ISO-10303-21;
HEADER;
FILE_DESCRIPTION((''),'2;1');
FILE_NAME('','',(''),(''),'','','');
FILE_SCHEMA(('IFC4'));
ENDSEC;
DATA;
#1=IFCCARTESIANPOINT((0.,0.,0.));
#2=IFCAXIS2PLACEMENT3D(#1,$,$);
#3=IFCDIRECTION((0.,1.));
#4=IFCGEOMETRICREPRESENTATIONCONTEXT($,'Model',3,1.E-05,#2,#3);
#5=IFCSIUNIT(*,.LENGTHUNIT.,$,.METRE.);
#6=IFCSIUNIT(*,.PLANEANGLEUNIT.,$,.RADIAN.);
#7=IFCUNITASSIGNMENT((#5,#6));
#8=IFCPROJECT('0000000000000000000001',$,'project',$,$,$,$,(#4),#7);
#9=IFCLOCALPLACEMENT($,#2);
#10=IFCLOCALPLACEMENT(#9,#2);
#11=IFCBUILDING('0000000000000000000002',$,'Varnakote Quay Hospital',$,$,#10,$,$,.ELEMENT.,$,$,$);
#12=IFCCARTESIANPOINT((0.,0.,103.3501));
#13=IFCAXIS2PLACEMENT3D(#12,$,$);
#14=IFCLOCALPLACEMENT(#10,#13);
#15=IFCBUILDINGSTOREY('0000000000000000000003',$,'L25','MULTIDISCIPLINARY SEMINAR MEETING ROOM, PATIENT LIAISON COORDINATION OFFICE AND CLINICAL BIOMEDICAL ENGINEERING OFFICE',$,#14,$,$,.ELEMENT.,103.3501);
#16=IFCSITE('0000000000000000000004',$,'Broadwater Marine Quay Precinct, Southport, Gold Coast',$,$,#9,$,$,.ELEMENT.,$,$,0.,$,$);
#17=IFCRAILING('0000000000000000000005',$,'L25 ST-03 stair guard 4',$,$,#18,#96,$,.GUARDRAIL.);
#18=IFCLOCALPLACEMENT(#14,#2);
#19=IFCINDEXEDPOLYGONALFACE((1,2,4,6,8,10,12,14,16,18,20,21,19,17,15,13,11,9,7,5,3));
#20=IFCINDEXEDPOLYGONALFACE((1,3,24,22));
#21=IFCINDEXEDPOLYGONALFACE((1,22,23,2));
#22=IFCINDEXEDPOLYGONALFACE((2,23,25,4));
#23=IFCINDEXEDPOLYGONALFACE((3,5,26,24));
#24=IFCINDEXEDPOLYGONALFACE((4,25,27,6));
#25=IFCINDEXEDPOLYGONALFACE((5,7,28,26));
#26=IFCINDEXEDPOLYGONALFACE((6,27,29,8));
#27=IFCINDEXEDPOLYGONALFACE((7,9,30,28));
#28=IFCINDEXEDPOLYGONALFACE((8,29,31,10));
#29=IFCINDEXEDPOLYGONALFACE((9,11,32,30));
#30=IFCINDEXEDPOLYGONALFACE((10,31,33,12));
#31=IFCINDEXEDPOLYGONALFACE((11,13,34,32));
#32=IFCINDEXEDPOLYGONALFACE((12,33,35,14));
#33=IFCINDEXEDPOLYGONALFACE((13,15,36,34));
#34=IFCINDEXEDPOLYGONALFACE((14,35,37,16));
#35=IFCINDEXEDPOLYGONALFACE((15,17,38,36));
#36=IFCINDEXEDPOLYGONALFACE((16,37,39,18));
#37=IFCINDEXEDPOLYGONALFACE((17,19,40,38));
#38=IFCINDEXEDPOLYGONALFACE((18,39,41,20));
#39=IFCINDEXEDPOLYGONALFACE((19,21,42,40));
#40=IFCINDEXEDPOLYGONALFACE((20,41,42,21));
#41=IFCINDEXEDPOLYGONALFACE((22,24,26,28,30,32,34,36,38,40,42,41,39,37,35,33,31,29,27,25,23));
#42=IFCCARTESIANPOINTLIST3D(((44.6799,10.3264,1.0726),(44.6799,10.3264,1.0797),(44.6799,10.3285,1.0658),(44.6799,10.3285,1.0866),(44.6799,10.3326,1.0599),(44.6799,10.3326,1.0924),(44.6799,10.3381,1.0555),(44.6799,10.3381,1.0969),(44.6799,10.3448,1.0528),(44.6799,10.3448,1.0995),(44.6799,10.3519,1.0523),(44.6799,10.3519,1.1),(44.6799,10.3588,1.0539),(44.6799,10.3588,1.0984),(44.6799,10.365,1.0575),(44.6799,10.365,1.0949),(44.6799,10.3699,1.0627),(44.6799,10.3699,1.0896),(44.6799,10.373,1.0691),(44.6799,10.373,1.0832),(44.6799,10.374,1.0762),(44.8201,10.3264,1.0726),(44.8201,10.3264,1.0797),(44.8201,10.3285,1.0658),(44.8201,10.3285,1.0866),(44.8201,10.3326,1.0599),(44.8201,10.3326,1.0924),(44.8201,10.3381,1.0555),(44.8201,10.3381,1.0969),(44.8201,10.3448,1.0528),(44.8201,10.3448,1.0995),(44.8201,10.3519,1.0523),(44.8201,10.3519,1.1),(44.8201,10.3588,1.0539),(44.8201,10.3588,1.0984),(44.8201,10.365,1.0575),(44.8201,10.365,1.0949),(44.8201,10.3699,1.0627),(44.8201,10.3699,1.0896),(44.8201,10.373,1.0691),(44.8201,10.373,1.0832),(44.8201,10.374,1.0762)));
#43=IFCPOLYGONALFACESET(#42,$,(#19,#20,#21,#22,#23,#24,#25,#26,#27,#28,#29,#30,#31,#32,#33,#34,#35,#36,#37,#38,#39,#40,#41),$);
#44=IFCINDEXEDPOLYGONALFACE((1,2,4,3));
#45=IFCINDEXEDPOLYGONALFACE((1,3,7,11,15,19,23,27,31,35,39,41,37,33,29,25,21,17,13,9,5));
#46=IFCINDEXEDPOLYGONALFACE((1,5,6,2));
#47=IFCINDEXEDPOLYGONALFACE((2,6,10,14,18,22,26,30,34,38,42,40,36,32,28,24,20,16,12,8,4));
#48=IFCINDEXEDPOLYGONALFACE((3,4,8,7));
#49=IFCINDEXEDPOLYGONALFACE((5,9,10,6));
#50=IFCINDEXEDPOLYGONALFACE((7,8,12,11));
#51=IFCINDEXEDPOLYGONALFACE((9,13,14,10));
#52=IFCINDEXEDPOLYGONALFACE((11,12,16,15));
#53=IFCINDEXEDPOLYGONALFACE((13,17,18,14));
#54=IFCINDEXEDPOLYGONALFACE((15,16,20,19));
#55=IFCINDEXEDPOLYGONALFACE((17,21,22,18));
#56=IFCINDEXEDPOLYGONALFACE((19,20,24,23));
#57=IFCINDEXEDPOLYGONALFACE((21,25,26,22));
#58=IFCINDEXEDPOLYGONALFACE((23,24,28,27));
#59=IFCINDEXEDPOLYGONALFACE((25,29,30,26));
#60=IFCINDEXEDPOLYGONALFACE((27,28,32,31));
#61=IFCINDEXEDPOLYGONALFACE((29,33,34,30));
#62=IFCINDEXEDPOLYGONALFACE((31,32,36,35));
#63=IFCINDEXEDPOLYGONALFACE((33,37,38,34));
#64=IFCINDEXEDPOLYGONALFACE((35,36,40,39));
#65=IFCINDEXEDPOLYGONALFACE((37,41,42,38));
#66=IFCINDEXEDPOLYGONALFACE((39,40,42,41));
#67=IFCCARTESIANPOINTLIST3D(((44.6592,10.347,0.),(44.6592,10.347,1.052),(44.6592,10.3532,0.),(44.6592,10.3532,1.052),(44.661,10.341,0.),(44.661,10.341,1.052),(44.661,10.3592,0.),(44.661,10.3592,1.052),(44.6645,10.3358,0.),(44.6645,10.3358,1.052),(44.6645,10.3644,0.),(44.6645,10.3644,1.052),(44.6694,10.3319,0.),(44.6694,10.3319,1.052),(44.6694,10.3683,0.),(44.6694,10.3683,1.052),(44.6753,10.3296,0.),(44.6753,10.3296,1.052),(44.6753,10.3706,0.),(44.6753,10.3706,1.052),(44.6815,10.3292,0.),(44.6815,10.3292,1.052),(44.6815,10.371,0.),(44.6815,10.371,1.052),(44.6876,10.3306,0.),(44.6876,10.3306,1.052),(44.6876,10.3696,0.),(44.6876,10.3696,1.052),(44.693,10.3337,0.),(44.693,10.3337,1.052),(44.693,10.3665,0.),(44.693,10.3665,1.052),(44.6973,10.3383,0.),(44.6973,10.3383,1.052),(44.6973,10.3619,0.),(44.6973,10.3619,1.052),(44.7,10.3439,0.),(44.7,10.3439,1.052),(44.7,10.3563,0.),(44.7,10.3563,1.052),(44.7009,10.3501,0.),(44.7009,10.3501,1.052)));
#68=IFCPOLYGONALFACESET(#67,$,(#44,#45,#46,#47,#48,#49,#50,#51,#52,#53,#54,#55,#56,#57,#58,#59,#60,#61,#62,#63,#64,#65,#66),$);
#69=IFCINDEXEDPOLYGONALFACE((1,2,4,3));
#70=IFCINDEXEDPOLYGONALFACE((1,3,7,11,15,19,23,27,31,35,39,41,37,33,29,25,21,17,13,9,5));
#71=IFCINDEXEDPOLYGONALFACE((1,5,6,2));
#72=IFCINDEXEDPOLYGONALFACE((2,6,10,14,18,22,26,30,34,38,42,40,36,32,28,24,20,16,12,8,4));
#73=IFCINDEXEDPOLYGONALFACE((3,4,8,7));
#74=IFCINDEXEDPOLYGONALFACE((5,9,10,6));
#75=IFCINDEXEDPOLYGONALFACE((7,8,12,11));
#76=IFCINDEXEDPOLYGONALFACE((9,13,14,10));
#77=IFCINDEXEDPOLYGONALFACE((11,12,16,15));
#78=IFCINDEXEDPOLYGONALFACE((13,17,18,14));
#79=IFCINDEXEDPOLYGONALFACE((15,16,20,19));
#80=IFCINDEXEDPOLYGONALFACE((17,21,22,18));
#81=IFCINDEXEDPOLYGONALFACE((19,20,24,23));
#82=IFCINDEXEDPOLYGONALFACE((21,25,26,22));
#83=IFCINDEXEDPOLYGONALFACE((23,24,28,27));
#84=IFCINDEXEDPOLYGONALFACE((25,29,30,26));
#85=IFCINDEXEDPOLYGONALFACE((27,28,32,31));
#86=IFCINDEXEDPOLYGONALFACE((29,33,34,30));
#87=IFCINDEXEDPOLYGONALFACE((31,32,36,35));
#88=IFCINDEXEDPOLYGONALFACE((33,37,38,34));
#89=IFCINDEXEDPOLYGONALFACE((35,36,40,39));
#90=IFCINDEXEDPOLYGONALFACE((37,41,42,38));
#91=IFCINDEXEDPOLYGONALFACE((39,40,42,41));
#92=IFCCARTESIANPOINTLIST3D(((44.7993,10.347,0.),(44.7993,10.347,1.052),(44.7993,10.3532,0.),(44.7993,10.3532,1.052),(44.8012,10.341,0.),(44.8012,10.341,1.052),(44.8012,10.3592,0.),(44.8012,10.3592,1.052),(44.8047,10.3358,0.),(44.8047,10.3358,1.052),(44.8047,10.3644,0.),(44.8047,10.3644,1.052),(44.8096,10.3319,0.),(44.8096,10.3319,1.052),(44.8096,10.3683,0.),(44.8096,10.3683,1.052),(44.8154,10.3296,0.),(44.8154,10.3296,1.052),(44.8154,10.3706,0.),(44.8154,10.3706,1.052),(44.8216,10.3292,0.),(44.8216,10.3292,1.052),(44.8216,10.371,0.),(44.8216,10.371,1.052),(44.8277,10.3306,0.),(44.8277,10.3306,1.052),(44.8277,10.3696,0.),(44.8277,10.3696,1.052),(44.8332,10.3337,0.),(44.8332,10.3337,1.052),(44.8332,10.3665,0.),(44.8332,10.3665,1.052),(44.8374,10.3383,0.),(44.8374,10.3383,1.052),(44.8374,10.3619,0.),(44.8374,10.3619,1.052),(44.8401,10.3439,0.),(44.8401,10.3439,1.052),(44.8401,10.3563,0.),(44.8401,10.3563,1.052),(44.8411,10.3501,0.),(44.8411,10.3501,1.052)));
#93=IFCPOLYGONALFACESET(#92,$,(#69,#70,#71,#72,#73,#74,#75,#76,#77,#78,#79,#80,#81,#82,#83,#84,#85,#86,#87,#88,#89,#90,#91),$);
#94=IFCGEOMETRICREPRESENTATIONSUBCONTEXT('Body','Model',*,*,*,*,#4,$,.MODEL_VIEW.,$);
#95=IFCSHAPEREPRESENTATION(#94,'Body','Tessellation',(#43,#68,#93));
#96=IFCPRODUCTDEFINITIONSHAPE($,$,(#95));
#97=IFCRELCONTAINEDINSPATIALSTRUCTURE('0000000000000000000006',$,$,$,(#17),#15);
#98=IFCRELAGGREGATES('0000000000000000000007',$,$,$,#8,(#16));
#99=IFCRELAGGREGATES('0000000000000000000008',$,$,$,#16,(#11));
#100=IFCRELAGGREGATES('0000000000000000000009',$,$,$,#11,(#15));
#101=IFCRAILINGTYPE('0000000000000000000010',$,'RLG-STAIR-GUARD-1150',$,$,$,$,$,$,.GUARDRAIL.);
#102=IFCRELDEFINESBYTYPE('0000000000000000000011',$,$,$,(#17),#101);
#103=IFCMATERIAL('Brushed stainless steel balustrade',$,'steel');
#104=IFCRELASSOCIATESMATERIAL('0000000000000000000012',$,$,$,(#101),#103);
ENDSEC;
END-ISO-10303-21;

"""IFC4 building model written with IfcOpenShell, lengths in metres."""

from ifc_helpers import new_model, si_unit, direction, frame, origin, origin_2d, place, context, subcontext, project, spatial, circle, extrude, material, type_object, element, save


model = new_model("IFC4")

# Units and contexts
model_context = context("Model", 3, precision=1e-05, world=origin(), true_north=direction((0.0, 1.0)))
body_context = subcontext(model_context, "Body", "Model", "MODEL_VIEW")
ifc_project = project(units=[si_unit("LENGTHUNIT", "METRE"), si_unit("PLANEANGLEUNIT", "RADIAN")], contexts=[model_context])

# Site, building, storey
site_placement = place(None, origin())
site = spatial("IfcSite", under=ifc_project, at=site_placement, Name="Broadwater Marine Quay Precinct, Southport, Gold Coast", CompositionType="ELEMENT", RefElevation=0.0)
building_placement = place(site_placement, origin())
building = spatial("IfcBuilding", under=site, at=building_placement, Name="Varnakote Quay Hospital", CompositionType="ELEMENT")
storey_placement = place(building_placement, frame((0.0, 0.0, 103.3501)))
storey = spatial("IfcBuildingStorey", under=building, at=storey_placement, Name="L25", Description="MULTIDISCIPLINARY SEMINAR MEETING ROOM, PATIENT LIAISON COORDINATION OFFICE AND CLINICAL BIOMEDICAL ENGINEERING OFFICE", CompositionType="ELEMENT", Elevation=103.3501)

# Railing
ifc_material_1 = material(Name="Brushed stainless steel balustrade", Category="steel")
railing_type_1 = type_object("IfcRailingType", Name="RLG-STAIR-GUARD-1150", PredefinedType="GUARDRAIL", material=ifc_material_1)
railing_1_placement = place(storey_placement, frame((44.6799, 10.3501, 0.0)))
element("IfcRailing", 1, at=railing_1_placement, inside=storey, type_object=railing_type_1, Name="L25 ST-03 stair guard 4", PredefinedType="GUARDRAIL", context=body_context, shape_type="SweptSolid", body=[
    extrude(circle(Radius=0.0239, at=origin_2d()), frame((0.0, 0.0, 1.0762), z_axis=(1.0, 0.0, 0.0), x_axis=(0.0, 1.0, 0.0)), (0.0, 0.0, 1.0), 0.1401),
    extrude(circle(Radius=0.021, at=origin_2d()), origin(), (0.0, 0.0, 1.0), 1.052),
    extrude(circle(Radius=0.021, at=origin_2d()), frame((0.1401, 0.0, 0.0)), (0.0, 0.0, 1.0), 1.052),
])

save(model, "model.ifc")
